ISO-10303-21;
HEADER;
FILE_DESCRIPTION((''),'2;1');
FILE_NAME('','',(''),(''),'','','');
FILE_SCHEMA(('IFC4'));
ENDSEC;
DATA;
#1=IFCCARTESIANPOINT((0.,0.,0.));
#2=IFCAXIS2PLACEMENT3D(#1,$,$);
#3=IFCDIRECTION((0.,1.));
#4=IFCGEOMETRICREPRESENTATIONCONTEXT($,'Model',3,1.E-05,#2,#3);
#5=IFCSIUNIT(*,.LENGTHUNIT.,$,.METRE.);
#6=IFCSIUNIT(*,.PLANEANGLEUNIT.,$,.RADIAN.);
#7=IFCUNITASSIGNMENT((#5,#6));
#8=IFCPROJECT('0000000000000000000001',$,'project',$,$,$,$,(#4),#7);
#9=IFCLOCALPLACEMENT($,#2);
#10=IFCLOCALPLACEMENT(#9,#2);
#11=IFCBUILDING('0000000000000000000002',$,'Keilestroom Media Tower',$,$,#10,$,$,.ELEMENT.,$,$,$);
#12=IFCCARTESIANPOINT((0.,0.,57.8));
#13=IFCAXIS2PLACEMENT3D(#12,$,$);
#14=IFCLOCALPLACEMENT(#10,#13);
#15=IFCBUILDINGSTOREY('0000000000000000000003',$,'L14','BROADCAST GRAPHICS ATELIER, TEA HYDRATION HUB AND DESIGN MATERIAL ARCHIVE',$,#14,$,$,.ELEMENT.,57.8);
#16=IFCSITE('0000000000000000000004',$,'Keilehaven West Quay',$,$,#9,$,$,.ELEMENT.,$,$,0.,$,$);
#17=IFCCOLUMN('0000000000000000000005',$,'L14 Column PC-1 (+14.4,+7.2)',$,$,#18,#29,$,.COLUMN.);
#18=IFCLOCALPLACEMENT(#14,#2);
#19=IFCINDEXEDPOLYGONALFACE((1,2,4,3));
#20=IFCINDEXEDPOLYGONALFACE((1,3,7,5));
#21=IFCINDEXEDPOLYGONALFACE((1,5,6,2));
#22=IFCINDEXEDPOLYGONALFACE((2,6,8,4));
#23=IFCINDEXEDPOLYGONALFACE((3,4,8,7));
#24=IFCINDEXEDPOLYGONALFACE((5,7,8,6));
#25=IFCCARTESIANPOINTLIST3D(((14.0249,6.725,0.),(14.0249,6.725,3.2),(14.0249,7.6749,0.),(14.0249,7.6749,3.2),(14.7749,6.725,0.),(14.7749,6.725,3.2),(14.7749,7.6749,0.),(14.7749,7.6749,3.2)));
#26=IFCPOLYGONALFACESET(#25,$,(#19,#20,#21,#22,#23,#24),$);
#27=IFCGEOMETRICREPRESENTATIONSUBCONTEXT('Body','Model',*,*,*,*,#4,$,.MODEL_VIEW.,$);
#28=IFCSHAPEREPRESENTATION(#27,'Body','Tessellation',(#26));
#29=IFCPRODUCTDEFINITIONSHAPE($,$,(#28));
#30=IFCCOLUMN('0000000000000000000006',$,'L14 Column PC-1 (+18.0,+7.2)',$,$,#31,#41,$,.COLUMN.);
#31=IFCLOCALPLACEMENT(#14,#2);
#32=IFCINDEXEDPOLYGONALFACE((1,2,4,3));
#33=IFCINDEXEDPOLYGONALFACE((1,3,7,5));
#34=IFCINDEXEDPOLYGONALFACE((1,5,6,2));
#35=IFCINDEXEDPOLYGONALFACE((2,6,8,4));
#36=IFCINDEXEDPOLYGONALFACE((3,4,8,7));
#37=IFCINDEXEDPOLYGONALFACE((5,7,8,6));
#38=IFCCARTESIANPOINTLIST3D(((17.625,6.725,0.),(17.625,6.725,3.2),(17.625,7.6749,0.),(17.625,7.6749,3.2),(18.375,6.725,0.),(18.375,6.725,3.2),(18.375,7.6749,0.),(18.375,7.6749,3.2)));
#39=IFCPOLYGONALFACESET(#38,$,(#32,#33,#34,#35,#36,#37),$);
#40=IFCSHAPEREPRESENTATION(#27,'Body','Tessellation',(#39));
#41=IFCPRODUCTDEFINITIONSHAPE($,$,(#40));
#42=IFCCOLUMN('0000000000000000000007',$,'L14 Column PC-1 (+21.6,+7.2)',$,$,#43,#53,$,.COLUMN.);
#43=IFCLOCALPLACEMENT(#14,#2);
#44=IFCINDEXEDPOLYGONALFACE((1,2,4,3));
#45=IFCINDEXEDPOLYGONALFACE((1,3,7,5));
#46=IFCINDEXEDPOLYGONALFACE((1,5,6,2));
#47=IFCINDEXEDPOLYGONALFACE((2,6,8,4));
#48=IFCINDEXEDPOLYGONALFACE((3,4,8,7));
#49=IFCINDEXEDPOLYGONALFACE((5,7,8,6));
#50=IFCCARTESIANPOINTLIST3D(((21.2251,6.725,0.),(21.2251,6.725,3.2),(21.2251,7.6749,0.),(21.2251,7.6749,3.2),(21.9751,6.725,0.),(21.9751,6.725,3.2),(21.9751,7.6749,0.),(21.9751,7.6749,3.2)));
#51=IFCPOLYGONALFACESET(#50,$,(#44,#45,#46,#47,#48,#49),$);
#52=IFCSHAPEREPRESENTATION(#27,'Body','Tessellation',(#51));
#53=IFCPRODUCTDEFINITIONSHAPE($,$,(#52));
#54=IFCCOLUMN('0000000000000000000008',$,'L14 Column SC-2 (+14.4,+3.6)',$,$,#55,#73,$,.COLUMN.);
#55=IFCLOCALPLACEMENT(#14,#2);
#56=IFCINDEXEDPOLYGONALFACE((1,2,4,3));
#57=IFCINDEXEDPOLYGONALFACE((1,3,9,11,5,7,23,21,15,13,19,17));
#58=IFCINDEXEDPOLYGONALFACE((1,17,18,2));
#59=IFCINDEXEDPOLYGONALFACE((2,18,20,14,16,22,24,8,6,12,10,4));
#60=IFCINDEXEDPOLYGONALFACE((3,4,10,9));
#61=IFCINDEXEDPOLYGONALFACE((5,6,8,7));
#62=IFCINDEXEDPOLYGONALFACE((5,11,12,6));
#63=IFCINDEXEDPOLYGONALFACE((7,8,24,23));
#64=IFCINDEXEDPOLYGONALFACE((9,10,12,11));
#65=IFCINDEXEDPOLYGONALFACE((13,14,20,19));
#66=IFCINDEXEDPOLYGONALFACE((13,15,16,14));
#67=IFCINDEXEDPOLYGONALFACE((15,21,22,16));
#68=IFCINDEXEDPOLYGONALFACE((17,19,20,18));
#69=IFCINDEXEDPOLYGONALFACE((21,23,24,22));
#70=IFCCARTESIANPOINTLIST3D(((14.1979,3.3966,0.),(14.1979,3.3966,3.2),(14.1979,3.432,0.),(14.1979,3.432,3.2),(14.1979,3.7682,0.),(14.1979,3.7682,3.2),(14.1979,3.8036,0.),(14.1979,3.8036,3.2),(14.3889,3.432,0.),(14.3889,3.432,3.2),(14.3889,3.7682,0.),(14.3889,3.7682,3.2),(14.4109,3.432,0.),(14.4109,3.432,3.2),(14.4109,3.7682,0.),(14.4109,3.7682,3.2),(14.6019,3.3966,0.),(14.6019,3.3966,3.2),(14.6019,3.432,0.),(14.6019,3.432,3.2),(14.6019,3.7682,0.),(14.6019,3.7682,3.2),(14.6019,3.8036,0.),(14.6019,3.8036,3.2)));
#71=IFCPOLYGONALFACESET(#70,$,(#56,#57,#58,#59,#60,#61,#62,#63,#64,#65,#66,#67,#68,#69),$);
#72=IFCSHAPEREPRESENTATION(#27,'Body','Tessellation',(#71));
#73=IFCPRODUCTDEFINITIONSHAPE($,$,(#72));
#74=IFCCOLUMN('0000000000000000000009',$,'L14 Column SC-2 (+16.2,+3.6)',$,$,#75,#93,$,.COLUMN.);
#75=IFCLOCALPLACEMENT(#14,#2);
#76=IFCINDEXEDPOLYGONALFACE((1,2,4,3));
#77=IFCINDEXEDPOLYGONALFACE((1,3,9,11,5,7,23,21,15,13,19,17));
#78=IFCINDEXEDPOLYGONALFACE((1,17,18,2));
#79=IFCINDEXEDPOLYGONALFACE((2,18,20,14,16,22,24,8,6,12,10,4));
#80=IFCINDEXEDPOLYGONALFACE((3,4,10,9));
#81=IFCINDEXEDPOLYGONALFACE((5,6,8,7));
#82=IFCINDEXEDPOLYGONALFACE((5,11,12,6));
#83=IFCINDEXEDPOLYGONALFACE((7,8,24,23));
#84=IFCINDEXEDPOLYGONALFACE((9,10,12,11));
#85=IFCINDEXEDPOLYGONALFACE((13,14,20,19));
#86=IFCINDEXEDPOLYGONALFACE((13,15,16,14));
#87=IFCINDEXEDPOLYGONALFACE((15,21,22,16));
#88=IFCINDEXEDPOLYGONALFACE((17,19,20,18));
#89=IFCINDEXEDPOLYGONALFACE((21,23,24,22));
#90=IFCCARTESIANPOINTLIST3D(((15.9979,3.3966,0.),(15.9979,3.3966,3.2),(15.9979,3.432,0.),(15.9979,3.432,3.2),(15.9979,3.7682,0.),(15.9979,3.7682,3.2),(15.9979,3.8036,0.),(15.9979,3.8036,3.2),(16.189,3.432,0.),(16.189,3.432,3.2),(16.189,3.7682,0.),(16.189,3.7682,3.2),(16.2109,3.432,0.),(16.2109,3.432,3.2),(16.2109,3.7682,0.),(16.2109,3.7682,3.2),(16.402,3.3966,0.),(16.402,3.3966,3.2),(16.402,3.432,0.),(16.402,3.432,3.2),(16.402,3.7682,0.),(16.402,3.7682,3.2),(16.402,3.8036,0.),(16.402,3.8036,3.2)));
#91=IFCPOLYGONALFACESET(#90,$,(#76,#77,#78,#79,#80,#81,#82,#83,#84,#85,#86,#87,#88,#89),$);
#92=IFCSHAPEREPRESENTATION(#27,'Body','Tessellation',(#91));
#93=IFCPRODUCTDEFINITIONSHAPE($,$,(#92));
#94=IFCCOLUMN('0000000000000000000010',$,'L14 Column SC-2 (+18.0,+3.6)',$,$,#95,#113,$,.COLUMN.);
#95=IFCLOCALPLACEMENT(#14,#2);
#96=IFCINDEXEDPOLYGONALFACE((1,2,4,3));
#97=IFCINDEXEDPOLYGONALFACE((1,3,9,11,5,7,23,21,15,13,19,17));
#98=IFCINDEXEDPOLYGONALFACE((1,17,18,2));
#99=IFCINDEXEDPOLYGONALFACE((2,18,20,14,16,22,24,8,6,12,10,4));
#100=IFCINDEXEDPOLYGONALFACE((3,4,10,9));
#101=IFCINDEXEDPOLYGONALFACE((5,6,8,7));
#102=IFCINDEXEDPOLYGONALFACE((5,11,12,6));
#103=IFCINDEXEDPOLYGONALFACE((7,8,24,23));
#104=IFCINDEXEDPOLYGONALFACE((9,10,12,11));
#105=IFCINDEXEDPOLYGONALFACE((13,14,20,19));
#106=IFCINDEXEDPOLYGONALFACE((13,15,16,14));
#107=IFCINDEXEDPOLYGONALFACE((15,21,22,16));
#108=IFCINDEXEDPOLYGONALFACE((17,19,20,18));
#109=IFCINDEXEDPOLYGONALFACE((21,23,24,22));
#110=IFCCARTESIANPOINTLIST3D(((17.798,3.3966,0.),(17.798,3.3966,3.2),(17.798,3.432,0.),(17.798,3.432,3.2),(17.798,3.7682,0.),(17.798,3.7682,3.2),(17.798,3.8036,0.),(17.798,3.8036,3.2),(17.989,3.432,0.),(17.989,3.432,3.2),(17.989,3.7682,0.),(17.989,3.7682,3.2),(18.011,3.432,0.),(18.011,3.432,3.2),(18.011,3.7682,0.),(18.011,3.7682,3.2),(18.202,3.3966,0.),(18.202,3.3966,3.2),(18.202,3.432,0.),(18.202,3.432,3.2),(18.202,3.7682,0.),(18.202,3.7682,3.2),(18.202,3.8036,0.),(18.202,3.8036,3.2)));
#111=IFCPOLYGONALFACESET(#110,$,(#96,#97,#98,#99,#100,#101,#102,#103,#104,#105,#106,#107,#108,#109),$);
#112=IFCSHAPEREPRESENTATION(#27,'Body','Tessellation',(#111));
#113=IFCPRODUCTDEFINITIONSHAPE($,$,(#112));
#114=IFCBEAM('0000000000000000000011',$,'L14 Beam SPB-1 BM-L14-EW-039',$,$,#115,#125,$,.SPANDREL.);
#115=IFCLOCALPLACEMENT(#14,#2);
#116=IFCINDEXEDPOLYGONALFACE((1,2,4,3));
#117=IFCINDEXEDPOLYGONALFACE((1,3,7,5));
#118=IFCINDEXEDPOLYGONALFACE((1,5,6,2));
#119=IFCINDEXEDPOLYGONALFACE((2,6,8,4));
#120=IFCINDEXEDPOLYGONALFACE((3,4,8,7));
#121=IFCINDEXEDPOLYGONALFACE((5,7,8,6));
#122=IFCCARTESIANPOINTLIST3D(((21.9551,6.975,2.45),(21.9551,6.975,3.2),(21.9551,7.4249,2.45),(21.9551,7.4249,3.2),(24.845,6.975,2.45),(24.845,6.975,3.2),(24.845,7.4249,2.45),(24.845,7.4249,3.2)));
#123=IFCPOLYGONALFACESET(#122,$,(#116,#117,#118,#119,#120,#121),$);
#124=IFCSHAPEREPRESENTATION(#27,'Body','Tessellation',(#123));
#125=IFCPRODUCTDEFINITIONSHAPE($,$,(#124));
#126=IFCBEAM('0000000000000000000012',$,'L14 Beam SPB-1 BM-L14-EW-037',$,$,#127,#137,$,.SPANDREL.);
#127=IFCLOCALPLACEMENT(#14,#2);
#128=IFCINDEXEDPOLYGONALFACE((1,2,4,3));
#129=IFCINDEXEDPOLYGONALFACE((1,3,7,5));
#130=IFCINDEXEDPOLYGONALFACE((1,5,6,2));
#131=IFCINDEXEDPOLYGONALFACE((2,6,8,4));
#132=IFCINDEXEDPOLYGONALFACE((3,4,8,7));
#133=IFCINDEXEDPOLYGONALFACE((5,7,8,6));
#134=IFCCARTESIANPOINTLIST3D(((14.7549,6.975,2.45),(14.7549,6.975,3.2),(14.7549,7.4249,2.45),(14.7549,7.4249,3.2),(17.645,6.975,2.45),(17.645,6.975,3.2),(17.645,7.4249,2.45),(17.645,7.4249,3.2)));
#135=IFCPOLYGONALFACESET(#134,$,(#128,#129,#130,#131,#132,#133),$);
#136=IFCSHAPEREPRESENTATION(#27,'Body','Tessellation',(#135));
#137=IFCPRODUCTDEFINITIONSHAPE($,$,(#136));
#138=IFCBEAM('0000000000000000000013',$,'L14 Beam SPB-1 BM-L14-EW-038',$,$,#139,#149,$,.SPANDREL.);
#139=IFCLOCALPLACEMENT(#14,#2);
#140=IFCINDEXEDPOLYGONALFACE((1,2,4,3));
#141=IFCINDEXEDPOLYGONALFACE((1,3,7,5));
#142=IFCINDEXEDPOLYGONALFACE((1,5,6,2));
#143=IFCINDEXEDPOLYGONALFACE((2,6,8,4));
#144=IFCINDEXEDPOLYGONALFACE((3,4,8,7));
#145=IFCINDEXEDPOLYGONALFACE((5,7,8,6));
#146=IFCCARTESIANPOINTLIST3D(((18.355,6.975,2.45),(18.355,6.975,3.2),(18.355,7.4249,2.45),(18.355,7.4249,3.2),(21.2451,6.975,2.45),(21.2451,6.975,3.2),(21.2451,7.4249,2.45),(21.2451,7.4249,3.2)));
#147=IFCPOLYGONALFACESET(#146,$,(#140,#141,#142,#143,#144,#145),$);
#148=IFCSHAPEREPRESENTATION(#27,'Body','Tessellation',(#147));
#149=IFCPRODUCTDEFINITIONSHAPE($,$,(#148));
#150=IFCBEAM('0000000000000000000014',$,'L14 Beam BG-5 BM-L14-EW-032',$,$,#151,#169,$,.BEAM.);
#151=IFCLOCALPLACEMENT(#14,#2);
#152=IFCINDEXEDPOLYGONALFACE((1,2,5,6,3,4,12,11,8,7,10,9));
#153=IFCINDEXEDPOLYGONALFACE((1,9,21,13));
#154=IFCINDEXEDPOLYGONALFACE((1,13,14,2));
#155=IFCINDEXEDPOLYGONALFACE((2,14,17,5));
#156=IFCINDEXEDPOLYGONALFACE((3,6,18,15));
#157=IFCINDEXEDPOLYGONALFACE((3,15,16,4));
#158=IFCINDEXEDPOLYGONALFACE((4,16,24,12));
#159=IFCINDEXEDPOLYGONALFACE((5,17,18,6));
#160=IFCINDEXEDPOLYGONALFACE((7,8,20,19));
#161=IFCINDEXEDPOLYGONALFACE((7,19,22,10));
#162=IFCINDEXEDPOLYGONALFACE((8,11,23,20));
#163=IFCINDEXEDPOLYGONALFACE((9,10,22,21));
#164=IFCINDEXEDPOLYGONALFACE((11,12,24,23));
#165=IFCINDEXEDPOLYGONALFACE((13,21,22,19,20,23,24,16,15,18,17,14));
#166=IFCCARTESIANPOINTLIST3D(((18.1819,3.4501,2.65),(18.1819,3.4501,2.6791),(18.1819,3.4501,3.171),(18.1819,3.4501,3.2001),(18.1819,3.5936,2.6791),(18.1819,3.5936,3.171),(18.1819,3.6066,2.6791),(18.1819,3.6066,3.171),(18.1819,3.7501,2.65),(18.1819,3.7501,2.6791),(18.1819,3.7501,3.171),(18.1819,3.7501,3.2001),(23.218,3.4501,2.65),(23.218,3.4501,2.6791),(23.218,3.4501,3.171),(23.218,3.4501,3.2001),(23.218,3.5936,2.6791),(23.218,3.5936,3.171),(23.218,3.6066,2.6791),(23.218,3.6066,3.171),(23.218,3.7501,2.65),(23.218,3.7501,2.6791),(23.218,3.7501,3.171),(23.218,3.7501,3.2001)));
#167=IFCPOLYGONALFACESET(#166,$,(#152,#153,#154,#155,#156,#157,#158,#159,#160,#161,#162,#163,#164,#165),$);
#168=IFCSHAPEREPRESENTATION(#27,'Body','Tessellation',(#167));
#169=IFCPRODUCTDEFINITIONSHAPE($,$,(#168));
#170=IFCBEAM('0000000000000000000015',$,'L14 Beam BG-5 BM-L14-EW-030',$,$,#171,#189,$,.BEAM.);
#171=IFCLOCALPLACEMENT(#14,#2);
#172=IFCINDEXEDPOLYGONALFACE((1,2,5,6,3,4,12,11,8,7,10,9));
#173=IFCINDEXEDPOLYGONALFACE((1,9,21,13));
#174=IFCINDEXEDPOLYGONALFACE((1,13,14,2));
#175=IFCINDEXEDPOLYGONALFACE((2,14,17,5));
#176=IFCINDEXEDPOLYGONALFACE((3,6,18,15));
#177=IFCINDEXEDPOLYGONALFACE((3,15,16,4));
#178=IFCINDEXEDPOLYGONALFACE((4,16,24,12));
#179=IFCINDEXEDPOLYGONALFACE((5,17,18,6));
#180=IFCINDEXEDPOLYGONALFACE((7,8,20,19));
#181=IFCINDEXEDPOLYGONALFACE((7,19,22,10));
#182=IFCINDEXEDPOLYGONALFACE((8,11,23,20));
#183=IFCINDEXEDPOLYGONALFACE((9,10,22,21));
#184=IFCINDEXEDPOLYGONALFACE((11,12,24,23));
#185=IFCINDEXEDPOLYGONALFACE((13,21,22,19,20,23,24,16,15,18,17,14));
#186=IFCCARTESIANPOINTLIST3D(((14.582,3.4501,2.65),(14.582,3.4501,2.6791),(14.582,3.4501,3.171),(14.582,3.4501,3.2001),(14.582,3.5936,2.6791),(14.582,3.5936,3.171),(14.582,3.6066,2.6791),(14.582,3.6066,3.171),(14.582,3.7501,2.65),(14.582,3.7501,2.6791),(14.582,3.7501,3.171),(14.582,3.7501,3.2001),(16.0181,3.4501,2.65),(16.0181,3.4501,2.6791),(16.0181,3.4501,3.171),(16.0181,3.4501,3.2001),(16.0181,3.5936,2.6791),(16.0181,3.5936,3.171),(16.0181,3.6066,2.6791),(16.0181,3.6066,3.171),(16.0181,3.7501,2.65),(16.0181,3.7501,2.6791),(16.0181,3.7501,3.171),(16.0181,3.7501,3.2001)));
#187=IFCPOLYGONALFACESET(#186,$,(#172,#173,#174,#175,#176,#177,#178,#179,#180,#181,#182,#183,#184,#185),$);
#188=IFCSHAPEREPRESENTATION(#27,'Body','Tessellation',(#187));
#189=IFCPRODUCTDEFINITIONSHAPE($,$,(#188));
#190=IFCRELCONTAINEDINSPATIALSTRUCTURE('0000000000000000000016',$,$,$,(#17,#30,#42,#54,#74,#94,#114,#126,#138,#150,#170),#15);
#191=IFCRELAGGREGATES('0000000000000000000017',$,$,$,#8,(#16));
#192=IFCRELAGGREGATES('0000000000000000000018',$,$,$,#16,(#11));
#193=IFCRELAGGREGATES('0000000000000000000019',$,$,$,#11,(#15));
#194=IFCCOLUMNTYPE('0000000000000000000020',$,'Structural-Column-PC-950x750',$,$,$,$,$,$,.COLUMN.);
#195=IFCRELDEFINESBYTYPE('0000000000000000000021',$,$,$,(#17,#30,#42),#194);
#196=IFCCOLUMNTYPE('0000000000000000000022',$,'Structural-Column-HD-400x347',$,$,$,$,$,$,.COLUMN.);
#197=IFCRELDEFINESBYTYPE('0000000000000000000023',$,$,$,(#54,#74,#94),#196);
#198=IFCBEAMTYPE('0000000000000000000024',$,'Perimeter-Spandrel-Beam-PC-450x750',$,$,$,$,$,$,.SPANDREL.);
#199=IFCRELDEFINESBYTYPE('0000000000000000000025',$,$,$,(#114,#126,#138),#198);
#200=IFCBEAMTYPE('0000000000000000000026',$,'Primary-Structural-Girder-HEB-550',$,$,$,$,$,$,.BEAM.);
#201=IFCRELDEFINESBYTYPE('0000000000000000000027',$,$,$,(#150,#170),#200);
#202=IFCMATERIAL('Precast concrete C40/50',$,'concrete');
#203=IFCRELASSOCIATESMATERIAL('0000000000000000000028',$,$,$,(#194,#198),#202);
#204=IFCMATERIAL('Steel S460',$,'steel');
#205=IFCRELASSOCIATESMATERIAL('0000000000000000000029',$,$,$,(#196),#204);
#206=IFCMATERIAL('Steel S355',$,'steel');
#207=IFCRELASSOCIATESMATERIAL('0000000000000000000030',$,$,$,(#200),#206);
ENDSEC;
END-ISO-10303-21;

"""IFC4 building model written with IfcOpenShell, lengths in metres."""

from ifc_helpers import new_model, si_unit, direction, frame, origin, origin_2d, place, context, subcontext, project, spatial, rectangle, i_section, extrude, source, transform, mapped, material, material_profile, profile_set, type_object, element, save


model = new_model("IFC4")

# Units and contexts
model_context = context("Model", 3, precision=1e-05, world=origin(), true_north=direction((0.0, 1.0)))
body_context = subcontext(model_context, "Body", "Model", "MODEL_VIEW")
ifc_project = project(units=[si_unit("LENGTHUNIT", "METRE"), si_unit("PLANEANGLEUNIT", "RADIAN")], contexts=[model_context])

# Site, building, storey
site_placement = place(None, origin())
site = spatial("IfcSite", under=ifc_project, at=site_placement, Name="Keilehaven West Quay", CompositionType="ELEMENT", RefElevation=0.0)
building_placement = place(site_placement, origin())
building = spatial("IfcBuilding", under=site, at=building_placement, Name="Keilestroom Media Tower", CompositionType="ELEMENT")
storey_placement = place(building_placement, frame((0.0, 0.0, 57.8)))
storey = spatial("IfcBuildingStorey", under=building, at=storey_placement, Name="L14", Description="BROADCAST GRAPHICS ATELIER, TEA HYDRATION HUB AND DESIGN MATERIAL ARCHIVE", CompositionType="ELEMENT", Elevation=57.8)

# Columns
ifc_material_1 = material(Name="Precast concrete C40/50", Category="concrete")
ifc_material_profile_1 = material_profile(ifc_material_1, rectangle(XDim=0.75, YDim=0.95, at=origin_2d()), Name="PC 950x750")
ifc_profile_set_1 = profile_set([ifc_material_profile_1], Name="Precast concrete C40/50")
column_type_1 = type_object("IfcColumnType", Name="Structural-Column-PC-950x750", PredefinedType="COLUMN", material=ifc_profile_set_1)
shared_shape_1 = source(origin(), body_context, "Body", "SweptSolid", [
    extrude(rectangle(XDim=0.75, YDim=0.95, at=origin_2d()), origin(), (0.0, 0.0, 1.0), 3.2),
])
for number, where, z_axis, x_axis, name in (
    (1, (14.3999, 7.2, 0.0), (0.0, 0.0, 1.0), (1.0, 0.0, 0.0), "L14 Column PC-1 (+14.4,+7.2)"),
    (2, (18.0, 7.2, 0.0), (0.0, 0.0, 1.0), (1.0, 0.0, 0.0), "L14 Column PC-1 (+18.0,+7.2)"),
    (3, (21.6001, 7.2, 0.0), (0.0, 0.0, 1.0), (1.0, 0.0, 0.0), "L14 Column PC-1 (+21.6,+7.2)"),
):
    element("IfcColumn", number, at=place(storey_placement, frame(where, z_axis=z_axis, x_axis=x_axis)), inside=storey, type_object=column_type_1, Name=name, PredefinedType="COLUMN", context=body_context, shape_type="MappedRepresentation", body=[
        mapped(shared_shape_1, transform((0.0, 0.0, 0.0), x_axis=(1.0, 0.0, 0.0), y_axis=(0.0, 1.0, 0.0), z_axis=(0.0, 0.0, 1.0), scale=1.0)),
    ])
ifc_material_2 = material(Name="Steel S460", Category="steel")
ifc_material_profile_2 = material_profile(ifc_material_2, i_section(OverallWidth=0.4041, OverallDepth=0.407, WebThickness=0.022, FlangeThickness=0.0354, at=origin_2d()), Name="HD 400x347")
ifc_profile_set_2 = profile_set([ifc_material_profile_2], Name="Steel S460")
column_type_2 = type_object("IfcColumnType", Name="Structural-Column-HD-400x347", PredefinedType="COLUMN", material=ifc_profile_set_2)
shared_shape_2 = source(origin(), body_context, "Body", "SweptSolid", [
    extrude(i_section(OverallWidth=0.4041, OverallDepth=0.407, WebThickness=0.022, FlangeThickness=0.0354, at=origin_2d()), origin(), (0.0, 0.0, 1.0), 3.2),
])
for number, where, z_axis, x_axis, name in (
    (4, (14.3999, 3.6001, 0.0), (0.0, 0.0, 1.0), (1.0, 0.0, 0.0), "L14 Column SC-2 (+14.4,+3.6)"),
    (5, (16.2, 3.6001, 0.0), (0.0, 0.0, 1.0), (1.0, 0.0, 0.0), "L14 Column SC-2 (+16.2,+3.6)"),
    (6, (18.0, 3.6001, 0.0), (0.0, 0.0, 1.0), (1.0, 0.0, 0.0), "L14 Column SC-2 (+18.0,+3.6)"),
):
    element("IfcColumn", number, at=place(storey_placement, frame(where, z_axis=z_axis, x_axis=x_axis)), inside=storey, type_object=column_type_2, Name=name, PredefinedType="COLUMN", context=body_context, shape_type="MappedRepresentation", body=[
        mapped(shared_shape_2, transform((0.0, 0.0, 0.0), x_axis=(1.0, 0.0, 0.0), y_axis=(0.0, 1.0, 0.0), z_axis=(0.0, 0.0, 1.0), scale=1.0)),
    ])

# Beams
ifc_material_profile_3 = material_profile(ifc_material_1, rectangle(XDim=0.45, YDim=0.75, at=origin_2d()), Name="PC 450x750")
ifc_profile_set_3 = profile_set([ifc_material_profile_3], Name="Precast concrete C40/50")
beam_type_1 = type_object("IfcBeamType", Name="Perimeter-Spandrel-Beam-PC-450x750", PredefinedType="SPANDREL", material=ifc_profile_set_3)
shared_shape_3 = source(origin(), body_context, "Body", "SweptSolid", [
    extrude(rectangle(XDim=0.45, YDim=0.75, at=origin_2d()), origin(), (0.0, 0.0, 1.0), 2.8899),
])
beam_1_placement = place(storey_placement, frame((21.9551, 7.2, 2.825), z_axis=(1.0, 0.0, 0.0), x_axis=(0.0, 1.0, 0.0)))
element("IfcBeam", 7, at=beam_1_placement, inside=storey, type_object=beam_type_1, Name="L14 Beam SPB-1 BM-L14-EW-039", PredefinedType="SPANDREL", context=body_context, shape_type="MappedRepresentation", body=[
    mapped(shared_shape_3, transform((0.0, 0.0, 0.0), x_axis=(1.0, 0.0, 0.0), y_axis=(0.0, 1.0, 0.0), z_axis=(0.0, 0.0, 1.0), scale=1.0)),
])
shared_shape_4 = source(origin(), body_context, "Body", "SweptSolid", [
    extrude(rectangle(XDim=0.45, YDim=0.75, at=origin_2d()), origin(), (0.0, 0.0, 1.0), 2.8901),
])
for number, where, z_axis, x_axis, name in (
    (8, (14.7549, 7.2, 2.825), (1.0, 0.0, 0.0), (0.0, 1.0, 0.0), "L14 Beam SPB-1 BM-L14-EW-037"),
    (9, (18.355, 7.2, 2.825), (1.0, 0.0, 0.0), (0.0, 1.0, 0.0), "L14 Beam SPB-1 BM-L14-EW-038"),
):
    element("IfcBeam", number, at=place(storey_placement, frame(where, z_axis=z_axis, x_axis=x_axis)), inside=storey, type_object=beam_type_1, Name=name, PredefinedType="SPANDREL", context=body_context, shape_type="MappedRepresentation", body=[
        mapped(shared_shape_4, transform((0.0, 0.0, 0.0), x_axis=(1.0, 0.0, 0.0), y_axis=(0.0, 1.0, 0.0), z_axis=(0.0, 0.0, 1.0), scale=1.0)),
    ])
ifc_material_3 = material(Name="Steel S355", Category="steel")
ifc_material_profile_4 = material_profile(ifc_material_3, i_section(OverallWidth=0.3, OverallDepth=0.55, WebThickness=0.0129, FlangeThickness=0.0291, at=origin_2d()), Name="HEB 550")
ifc_profile_set_4 = profile_set([ifc_material_profile_4], Name="Steel S355")
beam_type_2 = type_object("IfcBeamType", Name="Primary-Structural-Girder-HEB-550", PredefinedType="BEAM", material=ifc_profile_set_4)
shared_shape_5 = source(origin(), body_context, "Body", "SweptSolid", [
    extrude(i_section(OverallWidth=0.3, OverallDepth=0.55, WebThickness=0.0129, FlangeThickness=0.0291, at=origin_2d()), origin(), (0.0, 0.0, 1.0), 5.0361),
])
beam_2_placement = place(storey_placement, frame((18.1819, 3.6001, 2.925), z_axis=(1.0, 0.0, 0.0), x_axis=(0.0, 1.0, 0.0)))
element("IfcBeam", 10, at=beam_2_placement, inside=storey, type_object=beam_type_2, Name="L14 Beam BG-5 BM-L14-EW-032", PredefinedType="BEAM", context=body_context, shape_type="MappedRepresentation", body=[
    mapped(shared_shape_5, transform((0.0, 0.0, 0.0), x_axis=(1.0, 0.0, 0.0), y_axis=(0.0, 1.0, 0.0), z_axis=(0.0, 0.0, 1.0), scale=1.0)),
])
shared_shape_6 = source(origin(), body_context, "Body", "SweptSolid", [
    extrude(i_section(OverallWidth=0.3, OverallDepth=0.55, WebThickness=0.0129, FlangeThickness=0.0291, at=origin_2d()), origin(), (0.0, 0.0, 1.0), 1.436),
])
for number, where, z_axis, x_axis, name in (
    (11, (14.582, 3.6001, 2.925), (1.0, 0.0, 0.0), (0.0, 1.0, 0.0), "L14 Beam BG-5 BM-L14-EW-030"),
):
    element("IfcBeam", number, at=place(storey_placement, frame(where, z_axis=z_axis, x_axis=x_axis)), inside=storey, type_object=beam_type_2, Name=name, PredefinedType="BEAM", context=body_context, shape_type="MappedRepresentation", body=[
        mapped(shared_shape_6, transform((0.0, 0.0, 0.0), x_axis=(1.0, 0.0, 0.0), y_axis=(0.0, 1.0, 0.0), z_axis=(0.0, 0.0, 1.0), scale=1.0)),
    ])

save(model, "model.ifc")
